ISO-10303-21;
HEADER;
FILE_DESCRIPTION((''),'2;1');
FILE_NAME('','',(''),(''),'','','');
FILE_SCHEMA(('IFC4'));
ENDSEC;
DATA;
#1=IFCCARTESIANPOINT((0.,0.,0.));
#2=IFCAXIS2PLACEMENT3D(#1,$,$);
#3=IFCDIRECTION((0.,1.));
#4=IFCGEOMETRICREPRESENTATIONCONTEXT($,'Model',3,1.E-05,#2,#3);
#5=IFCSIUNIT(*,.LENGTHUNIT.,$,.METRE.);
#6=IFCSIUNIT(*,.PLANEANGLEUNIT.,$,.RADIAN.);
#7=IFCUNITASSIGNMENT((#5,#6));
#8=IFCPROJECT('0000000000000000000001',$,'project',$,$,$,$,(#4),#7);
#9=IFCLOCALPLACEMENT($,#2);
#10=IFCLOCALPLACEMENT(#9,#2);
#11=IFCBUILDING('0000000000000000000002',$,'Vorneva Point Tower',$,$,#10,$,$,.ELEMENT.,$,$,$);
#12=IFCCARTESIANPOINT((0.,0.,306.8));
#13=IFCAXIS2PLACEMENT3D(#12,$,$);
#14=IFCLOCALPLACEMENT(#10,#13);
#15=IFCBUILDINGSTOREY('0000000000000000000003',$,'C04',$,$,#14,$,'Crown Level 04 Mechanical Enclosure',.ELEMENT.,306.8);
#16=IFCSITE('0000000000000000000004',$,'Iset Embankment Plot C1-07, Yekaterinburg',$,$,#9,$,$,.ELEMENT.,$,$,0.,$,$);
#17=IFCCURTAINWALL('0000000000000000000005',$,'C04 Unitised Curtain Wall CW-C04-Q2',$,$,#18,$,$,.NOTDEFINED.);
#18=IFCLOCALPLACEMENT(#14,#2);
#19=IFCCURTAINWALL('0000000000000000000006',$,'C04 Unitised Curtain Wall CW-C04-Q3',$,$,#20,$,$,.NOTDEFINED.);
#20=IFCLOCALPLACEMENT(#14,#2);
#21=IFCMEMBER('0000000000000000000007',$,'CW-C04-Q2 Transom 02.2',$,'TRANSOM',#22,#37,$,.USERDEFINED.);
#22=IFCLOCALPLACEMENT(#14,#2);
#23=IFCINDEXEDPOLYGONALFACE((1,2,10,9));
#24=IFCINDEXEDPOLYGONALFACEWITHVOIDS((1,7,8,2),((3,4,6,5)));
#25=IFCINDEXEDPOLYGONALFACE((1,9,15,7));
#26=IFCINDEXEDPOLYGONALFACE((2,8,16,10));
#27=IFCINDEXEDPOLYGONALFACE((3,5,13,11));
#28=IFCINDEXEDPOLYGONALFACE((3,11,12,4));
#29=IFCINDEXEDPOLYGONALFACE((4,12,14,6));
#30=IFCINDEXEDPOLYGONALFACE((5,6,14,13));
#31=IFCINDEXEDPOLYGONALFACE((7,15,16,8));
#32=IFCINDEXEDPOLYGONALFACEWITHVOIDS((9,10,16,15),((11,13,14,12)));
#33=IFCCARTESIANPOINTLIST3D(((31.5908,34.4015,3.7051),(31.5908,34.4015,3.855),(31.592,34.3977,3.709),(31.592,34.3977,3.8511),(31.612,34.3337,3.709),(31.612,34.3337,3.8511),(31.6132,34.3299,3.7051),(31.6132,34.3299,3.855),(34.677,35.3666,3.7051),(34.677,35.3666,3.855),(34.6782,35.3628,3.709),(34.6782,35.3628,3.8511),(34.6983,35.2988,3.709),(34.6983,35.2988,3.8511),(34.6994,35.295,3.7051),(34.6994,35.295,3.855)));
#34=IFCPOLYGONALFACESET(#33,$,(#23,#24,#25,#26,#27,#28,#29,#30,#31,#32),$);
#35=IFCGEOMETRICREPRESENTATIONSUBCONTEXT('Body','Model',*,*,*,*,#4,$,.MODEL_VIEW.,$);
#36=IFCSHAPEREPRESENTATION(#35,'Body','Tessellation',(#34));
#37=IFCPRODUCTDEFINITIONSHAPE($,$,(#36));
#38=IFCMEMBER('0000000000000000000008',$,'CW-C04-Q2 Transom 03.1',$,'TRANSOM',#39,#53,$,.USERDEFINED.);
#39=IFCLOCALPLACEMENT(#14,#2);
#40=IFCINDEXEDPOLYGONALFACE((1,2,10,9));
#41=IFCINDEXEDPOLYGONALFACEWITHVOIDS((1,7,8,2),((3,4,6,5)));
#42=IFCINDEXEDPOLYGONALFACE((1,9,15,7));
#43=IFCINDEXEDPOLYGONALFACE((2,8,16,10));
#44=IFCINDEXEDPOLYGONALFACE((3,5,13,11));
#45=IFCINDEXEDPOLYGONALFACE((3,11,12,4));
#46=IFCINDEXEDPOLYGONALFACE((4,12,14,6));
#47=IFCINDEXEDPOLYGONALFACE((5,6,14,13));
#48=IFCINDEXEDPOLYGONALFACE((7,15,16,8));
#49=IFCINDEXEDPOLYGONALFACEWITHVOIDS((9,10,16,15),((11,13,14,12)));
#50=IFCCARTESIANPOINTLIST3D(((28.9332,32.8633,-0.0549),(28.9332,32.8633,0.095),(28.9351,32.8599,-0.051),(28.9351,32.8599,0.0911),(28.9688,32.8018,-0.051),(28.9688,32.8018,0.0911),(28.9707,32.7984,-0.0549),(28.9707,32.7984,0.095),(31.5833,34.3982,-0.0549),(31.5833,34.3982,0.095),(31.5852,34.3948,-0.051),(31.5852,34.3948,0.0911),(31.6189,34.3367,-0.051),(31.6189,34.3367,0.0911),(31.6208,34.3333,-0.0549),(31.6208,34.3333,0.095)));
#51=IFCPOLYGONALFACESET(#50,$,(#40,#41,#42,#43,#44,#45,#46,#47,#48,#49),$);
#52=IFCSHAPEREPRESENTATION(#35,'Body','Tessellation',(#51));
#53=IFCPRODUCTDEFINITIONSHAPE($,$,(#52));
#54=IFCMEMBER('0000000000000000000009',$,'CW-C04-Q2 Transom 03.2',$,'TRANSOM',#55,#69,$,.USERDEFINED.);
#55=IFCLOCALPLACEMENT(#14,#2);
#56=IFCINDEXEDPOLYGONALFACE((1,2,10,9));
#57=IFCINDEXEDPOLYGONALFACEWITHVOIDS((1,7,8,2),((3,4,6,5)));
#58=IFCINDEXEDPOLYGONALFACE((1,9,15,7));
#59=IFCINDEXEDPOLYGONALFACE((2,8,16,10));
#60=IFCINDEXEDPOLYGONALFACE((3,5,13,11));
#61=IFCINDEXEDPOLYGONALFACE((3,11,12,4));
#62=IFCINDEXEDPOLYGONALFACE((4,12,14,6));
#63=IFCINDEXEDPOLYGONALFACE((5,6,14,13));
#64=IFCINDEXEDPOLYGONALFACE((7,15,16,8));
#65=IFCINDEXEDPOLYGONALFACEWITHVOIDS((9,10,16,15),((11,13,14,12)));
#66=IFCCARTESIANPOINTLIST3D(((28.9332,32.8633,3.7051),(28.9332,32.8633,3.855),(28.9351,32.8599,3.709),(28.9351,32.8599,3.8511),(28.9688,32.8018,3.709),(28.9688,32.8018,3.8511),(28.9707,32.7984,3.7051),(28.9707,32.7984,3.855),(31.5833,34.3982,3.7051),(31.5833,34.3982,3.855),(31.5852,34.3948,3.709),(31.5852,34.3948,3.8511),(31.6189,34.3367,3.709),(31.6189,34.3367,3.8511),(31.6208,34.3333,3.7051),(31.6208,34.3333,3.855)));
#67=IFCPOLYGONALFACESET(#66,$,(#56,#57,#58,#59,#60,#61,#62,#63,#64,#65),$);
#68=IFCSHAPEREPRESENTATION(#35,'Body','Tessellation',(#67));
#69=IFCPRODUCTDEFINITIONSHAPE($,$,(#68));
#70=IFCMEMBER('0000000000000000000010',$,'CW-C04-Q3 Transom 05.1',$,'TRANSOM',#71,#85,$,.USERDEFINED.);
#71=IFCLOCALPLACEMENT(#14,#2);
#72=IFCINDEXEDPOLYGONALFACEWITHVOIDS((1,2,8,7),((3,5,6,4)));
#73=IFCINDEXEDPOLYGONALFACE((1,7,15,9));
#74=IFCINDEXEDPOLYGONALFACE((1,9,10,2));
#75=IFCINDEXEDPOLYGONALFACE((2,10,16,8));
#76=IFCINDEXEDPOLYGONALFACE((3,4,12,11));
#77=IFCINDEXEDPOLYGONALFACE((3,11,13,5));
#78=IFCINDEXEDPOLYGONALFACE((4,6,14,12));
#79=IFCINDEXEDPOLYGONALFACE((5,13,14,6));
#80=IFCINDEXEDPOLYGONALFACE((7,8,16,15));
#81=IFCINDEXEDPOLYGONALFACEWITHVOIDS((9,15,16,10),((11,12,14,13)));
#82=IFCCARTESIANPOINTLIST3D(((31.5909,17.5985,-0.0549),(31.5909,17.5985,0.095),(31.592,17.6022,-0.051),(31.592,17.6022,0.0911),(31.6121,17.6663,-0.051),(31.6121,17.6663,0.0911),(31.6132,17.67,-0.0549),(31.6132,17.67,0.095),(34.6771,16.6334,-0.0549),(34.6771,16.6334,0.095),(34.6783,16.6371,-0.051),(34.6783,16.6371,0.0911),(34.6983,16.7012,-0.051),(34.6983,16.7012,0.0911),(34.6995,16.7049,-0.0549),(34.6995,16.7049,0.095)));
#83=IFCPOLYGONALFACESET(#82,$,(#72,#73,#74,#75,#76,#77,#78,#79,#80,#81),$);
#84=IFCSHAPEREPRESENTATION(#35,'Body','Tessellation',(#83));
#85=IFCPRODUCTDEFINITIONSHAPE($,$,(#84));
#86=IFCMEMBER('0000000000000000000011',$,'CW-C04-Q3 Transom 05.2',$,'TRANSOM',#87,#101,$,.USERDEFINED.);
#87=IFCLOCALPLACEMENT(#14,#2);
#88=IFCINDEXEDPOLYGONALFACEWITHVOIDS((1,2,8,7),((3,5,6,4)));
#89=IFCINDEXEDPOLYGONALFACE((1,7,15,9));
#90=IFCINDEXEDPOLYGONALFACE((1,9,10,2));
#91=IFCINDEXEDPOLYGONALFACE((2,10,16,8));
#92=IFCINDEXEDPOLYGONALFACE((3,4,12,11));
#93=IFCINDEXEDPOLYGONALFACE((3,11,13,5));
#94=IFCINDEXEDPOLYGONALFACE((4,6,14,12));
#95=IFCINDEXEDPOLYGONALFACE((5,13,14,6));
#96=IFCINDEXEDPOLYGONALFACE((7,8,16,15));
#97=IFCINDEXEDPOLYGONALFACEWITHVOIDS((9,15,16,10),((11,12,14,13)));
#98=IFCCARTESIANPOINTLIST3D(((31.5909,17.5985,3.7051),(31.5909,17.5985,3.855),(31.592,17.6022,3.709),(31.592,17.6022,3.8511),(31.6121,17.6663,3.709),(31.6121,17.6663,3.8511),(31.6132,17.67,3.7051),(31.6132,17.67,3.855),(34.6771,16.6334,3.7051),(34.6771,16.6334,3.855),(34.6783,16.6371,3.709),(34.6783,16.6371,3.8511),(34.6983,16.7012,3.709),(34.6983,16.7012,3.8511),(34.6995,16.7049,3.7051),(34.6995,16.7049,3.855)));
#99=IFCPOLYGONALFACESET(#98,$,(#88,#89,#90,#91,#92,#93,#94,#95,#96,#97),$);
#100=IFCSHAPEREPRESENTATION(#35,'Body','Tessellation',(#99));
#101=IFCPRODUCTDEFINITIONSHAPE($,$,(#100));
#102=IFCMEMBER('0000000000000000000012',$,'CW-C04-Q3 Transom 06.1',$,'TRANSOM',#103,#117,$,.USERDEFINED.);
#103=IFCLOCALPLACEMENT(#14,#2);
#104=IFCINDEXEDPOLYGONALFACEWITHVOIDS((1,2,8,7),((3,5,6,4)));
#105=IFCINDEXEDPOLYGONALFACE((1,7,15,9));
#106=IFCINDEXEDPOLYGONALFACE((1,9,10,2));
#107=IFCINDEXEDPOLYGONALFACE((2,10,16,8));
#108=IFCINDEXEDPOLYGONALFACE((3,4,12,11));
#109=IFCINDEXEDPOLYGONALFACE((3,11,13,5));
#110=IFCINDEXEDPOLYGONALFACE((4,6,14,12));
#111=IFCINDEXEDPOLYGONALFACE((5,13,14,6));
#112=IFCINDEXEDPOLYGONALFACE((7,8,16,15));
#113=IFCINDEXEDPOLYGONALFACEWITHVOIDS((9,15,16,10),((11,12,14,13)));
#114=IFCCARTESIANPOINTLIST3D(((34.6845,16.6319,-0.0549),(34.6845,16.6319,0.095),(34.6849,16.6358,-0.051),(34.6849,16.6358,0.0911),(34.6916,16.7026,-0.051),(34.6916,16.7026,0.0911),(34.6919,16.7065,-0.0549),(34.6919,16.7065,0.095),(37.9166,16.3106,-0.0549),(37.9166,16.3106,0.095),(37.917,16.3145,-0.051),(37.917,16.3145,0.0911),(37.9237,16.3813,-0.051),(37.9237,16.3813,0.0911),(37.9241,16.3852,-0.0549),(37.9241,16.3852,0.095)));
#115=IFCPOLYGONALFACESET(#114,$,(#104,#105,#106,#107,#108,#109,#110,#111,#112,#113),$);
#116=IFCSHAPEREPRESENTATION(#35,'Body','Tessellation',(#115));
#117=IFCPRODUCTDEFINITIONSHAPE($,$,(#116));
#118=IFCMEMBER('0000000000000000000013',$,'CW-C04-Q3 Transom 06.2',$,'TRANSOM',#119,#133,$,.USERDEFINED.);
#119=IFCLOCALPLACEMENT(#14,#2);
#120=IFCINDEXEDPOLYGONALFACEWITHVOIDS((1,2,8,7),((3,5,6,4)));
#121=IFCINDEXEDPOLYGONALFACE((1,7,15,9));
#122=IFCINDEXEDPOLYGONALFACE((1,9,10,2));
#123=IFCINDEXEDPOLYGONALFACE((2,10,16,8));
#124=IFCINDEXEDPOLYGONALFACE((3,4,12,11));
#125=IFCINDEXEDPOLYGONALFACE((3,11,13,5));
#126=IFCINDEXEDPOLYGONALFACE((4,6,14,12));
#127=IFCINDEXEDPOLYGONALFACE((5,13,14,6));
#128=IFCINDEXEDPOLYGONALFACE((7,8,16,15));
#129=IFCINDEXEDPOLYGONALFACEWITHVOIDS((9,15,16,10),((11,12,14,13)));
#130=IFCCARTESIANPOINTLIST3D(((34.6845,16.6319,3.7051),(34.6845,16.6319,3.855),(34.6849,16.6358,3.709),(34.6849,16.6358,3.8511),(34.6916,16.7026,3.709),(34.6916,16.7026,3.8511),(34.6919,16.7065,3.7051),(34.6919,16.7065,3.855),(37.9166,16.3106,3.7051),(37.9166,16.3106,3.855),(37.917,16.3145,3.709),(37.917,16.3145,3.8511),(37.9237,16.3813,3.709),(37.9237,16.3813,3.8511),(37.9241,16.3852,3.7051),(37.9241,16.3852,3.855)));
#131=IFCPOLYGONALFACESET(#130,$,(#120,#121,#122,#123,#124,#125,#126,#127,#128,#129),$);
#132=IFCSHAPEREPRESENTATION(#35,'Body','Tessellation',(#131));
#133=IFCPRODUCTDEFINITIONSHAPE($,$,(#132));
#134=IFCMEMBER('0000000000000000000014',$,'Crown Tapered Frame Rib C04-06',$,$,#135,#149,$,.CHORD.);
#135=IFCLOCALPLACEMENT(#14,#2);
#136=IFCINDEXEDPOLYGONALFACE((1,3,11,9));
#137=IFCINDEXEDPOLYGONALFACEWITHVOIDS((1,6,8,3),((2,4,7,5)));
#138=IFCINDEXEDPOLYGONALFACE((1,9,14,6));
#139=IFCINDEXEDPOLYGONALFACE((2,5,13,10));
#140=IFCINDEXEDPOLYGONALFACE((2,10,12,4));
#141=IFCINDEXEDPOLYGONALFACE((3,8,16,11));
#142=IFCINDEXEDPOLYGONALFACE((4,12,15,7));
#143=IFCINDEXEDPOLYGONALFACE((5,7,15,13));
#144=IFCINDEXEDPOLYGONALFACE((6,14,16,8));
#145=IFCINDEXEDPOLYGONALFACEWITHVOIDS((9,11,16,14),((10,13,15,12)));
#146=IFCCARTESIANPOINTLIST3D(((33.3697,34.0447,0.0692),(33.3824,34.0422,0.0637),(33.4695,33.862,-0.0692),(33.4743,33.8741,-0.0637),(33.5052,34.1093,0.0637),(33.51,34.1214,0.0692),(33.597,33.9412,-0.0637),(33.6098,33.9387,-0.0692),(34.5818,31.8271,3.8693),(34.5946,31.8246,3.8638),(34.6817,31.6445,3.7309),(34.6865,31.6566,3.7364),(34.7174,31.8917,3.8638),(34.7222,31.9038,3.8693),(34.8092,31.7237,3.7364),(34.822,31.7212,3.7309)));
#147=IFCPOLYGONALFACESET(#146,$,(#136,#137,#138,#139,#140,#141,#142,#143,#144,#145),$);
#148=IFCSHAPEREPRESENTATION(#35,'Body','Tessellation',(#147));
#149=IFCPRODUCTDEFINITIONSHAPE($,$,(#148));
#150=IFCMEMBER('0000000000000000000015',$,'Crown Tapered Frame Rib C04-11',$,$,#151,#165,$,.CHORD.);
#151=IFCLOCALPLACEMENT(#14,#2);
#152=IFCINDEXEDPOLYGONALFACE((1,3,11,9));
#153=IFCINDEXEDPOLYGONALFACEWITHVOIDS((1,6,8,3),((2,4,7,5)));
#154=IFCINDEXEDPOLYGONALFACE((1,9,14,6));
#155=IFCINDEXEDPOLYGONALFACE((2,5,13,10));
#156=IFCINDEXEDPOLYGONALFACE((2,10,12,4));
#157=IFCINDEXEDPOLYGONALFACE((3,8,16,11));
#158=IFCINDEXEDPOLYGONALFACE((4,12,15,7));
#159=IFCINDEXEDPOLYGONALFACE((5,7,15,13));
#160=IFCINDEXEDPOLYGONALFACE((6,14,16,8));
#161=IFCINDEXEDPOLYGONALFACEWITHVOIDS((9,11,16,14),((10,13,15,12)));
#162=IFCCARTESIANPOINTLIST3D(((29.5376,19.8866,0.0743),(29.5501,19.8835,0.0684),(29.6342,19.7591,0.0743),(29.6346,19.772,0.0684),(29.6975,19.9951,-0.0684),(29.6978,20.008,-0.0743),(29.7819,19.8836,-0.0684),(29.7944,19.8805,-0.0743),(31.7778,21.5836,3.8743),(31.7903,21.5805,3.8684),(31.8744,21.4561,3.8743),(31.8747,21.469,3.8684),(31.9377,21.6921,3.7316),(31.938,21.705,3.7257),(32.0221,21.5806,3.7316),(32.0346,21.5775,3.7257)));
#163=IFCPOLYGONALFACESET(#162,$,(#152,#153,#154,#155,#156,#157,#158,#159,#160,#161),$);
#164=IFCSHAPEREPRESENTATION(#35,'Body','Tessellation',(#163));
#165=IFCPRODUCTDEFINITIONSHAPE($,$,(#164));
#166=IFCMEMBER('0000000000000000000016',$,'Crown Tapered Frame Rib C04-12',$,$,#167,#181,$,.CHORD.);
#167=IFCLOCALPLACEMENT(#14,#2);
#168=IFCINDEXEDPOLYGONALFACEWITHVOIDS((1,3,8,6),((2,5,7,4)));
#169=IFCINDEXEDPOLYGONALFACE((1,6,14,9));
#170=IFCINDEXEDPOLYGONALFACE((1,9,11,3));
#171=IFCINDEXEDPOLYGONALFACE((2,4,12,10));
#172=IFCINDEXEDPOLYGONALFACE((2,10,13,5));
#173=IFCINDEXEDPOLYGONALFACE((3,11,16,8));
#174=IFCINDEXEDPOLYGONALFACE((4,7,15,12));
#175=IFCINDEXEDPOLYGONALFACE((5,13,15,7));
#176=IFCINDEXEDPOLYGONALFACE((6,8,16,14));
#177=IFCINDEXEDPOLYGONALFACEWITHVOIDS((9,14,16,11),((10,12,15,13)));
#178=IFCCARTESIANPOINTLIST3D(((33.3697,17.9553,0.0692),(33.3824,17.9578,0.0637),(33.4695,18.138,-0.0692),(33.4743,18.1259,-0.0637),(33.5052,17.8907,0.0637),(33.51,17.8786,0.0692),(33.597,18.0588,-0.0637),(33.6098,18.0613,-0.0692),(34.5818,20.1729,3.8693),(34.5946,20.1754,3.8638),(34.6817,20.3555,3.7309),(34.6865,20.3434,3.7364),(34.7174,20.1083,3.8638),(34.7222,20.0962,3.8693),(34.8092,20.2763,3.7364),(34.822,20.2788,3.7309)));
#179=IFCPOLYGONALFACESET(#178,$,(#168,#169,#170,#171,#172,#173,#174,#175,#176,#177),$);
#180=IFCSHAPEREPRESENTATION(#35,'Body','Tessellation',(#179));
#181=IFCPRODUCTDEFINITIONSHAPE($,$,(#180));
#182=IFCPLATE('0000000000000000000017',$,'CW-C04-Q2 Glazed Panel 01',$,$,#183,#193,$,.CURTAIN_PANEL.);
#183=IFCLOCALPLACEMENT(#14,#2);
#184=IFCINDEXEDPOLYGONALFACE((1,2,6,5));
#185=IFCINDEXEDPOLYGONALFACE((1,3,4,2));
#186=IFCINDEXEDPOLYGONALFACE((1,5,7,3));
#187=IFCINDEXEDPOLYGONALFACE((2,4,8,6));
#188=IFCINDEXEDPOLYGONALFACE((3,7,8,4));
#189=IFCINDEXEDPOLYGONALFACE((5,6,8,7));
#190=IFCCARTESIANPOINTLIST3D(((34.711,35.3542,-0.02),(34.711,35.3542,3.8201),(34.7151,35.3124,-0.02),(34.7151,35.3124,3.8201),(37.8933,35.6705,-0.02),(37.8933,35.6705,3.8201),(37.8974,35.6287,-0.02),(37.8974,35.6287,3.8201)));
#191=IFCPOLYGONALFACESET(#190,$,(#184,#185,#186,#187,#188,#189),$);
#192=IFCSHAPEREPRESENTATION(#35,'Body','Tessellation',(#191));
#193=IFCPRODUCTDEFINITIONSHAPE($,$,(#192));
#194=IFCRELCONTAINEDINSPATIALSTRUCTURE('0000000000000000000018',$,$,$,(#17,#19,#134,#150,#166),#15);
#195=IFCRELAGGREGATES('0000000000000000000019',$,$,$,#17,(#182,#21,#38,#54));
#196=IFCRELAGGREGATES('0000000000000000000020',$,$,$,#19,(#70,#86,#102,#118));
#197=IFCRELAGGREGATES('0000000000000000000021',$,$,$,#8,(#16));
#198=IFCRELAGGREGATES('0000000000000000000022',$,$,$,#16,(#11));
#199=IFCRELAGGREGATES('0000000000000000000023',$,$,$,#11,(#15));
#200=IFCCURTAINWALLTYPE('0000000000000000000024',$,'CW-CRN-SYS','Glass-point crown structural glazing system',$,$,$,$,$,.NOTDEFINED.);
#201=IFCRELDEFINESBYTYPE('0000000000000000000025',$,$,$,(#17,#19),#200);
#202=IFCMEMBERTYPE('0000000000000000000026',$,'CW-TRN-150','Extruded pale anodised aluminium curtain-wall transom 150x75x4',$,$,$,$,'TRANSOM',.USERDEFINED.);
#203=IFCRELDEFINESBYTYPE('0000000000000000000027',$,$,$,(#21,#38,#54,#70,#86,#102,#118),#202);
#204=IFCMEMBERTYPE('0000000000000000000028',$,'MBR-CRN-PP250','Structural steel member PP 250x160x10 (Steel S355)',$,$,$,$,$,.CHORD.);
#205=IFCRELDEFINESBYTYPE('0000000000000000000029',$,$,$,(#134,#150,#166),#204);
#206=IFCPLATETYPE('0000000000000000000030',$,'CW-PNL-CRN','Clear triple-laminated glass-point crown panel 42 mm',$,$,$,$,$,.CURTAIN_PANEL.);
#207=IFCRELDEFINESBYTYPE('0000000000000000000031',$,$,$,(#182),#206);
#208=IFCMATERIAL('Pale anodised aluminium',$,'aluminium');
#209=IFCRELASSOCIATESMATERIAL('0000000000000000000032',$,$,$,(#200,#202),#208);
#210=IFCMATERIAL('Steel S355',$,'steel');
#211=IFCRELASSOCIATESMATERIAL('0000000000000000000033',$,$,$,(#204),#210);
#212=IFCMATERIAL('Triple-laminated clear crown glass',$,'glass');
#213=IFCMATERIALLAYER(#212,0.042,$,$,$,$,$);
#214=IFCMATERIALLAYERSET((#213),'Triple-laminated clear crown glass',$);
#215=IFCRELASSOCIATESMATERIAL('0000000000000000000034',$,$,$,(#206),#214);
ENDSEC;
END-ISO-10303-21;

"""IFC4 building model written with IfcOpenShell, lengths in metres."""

from ifc_helpers import new_model, si_unit, direction, frame, origin, origin_2d, place, context, subcontext, project, spatial, rectangle, hollow_rectangle, extrude, material, layer, layer_set, material_profile, profile_set, type_object, element, aggregate, save


model = new_model("IFC4")

# Units and contexts
model_context = context("Model", 3, precision=1e-05, world=origin(), true_north=direction((0.0, 1.0)))
body_context = subcontext(model_context, "Body", "Model", "MODEL_VIEW")
ifc_project = project(units=[si_unit("LENGTHUNIT", "METRE"), si_unit("PLANEANGLEUNIT", "RADIAN")], contexts=[model_context])

# Site, building, storey
site_placement = place(None, origin())
site = spatial("IfcSite", under=ifc_project, at=site_placement, Name="Iset Embankment Plot C1-07, Yekaterinburg", CompositionType="ELEMENT", RefElevation=0.0)
building_placement = place(site_placement, origin())
building = spatial("IfcBuilding", under=site, at=building_placement, Name="Vorneva Point Tower", CompositionType="ELEMENT")
storey_placement = place(building_placement, frame((0.0, 0.0, 306.8)))
storey = spatial("IfcBuildingStorey", under=building, at=storey_placement, Name="C04", LongName="Crown Level 04 Mechanical Enclosure", CompositionType="ELEMENT", Elevation=306.8)

# Shared definitions
ifc_material_1 = material(Name="Steel S355", Category="steel")

# Curtain walls
ifc_material_2 = material(Name="Pale anodised aluminium", Category="aluminium")
curtain_wall_type = type_object("IfcCurtainWallType", Name="CW-CRN-SYS", Description="Glass-point crown structural glazing system", PredefinedType="NOTDEFINED", material=ifc_material_2)
curtain_wall_1_placement = place(storey_placement, origin())
curtain_wall_1 = element("IfcCurtainWall", 1, at=curtain_wall_1_placement, inside=storey, type_object=curtain_wall_type, Name="C04 Unitised Curtain Wall CW-C04-Q2", PredefinedType="NOTDEFINED")
curtain_wall_2_placement = place(storey_placement, origin())
curtain_wall_2 = element("IfcCurtainWall", 2, at=curtain_wall_2_placement, inside=storey, type_object=curtain_wall_type, Name="C04 Unitised Curtain Wall CW-C04-Q3", PredefinedType="NOTDEFINED")

# Members
ifc_material_profile_1 = material_profile(ifc_material_2, hollow_rectangle(XDim=0.075, YDim=0.1499, WallThickness=0.0039, at=origin_2d()), Name="AL-TRN 150x75x4")
ifc_profile_set_1 = profile_set([ifc_material_profile_1], Name="Pale anodised aluminium")
member_type_1 = type_object("IfcMemberType", Name="CW-TRN-150", Description="Extruded pale anodised aluminium curtain-wall transom 150x75x4", ElementType="TRANSOM", PredefinedType="USERDEFINED", material=ifc_profile_set_1)
member_1_placement = place(storey_placement, frame((34.6882, 35.3308, 3.78), z_axis=(-0.954422, -0.29846, 0.0), x_axis=(0.29846, -0.954422, 0.0)))
member_1 = element("IfcMember", 3, at=member_1_placement, type_object=member_type_1, Name="CW-C04-Q2 Transom 02.2", ObjectType="TRANSOM", PredefinedType="USERDEFINED", context=body_context, shape_type="SweptSolid", body=[
    extrude(hollow_rectangle(XDim=0.075, YDim=0.1499, WallThickness=0.0039, at=origin_2d()), origin(), (0.0, 0.0, 1.0), 3.2336),
])
member_2_placement = place(storey_placement, frame((31.6021, 34.3657, 0.02), z_axis=(-0.865339, -0.501187, 0.0), x_axis=(0.501187, -0.865339, 0.0)))
member_2 = element("IfcMember", 4, at=member_2_placement, type_object=member_type_1, Name="CW-C04-Q2 Transom 03.1", ObjectType="TRANSOM", PredefinedType="USERDEFINED", context=body_context, shape_type="SweptSolid", body=[
    extrude(hollow_rectangle(XDim=0.075, YDim=0.1499, WallThickness=0.0039, at=origin_2d()), origin(), (0.0, 0.0, 1.0), 3.0625),
])
member_3_placement = place(storey_placement, frame((31.6021, 34.3657, 3.78), z_axis=(-0.865339, -0.501187, 0.0), x_axis=(0.501187, -0.865339, 0.0)))
member_3 = element("IfcMember", 5, at=member_3_placement, type_object=member_type_1, Name="CW-C04-Q2 Transom 03.2", ObjectType="TRANSOM", PredefinedType="USERDEFINED", context=body_context, shape_type="SweptSolid", body=[
    extrude(hollow_rectangle(XDim=0.075, YDim=0.1499, WallThickness=0.0039, at=origin_2d()), origin(), (0.0, 0.0, 1.0), 3.0625),
])
member_4_placement = place(storey_placement, frame((31.6021, 17.6343, 0.02), z_axis=(0.954422, -0.29846, 0.0), x_axis=(0.29846, 0.954422, 0.0)))
member_4 = element("IfcMember", 6, at=member_4_placement, type_object=member_type_1, Name="CW-C04-Q3 Transom 05.1", ObjectType="TRANSOM", PredefinedType="USERDEFINED", context=body_context, shape_type="SweptSolid", body=[
    extrude(hollow_rectangle(XDim=0.075, YDim=0.1499, WallThickness=0.0039, at=origin_2d()), origin(), (0.0, 0.0, 1.0), 3.2336),
])
member_5_placement = place(storey_placement, frame((31.6021, 17.6343, 3.78), z_axis=(0.954422, -0.29846, 0.0), x_axis=(0.29846, 0.954422, 0.0)))
member_5 = element("IfcMember", 7, at=member_5_placement, type_object=member_type_1, Name="CW-C04-Q3 Transom 05.2", ObjectType="TRANSOM", PredefinedType="USERDEFINED", context=body_context, shape_type="SweptSolid", body=[
    extrude(hollow_rectangle(XDim=0.075, YDim=0.1499, WallThickness=0.0039, at=origin_2d()), origin(), (0.0, 0.0, 1.0), 3.2336),
])
member_6_placement = place(storey_placement, frame((34.6882, 16.6692, 0.02), z_axis=(0.995096, -0.098916, 0.0), x_axis=(0.098916, 0.995096, 0.0)))
member_6 = element("IfcMember", 8, at=member_6_placement, type_object=member_type_1, Name="CW-C04-Q3 Transom 06.1", ObjectType="TRANSOM", PredefinedType="USERDEFINED", context=body_context, shape_type="SweptSolid", body=[
    extrude(hollow_rectangle(XDim=0.075, YDim=0.1499, WallThickness=0.0039, at=origin_2d()), origin(), (0.0, 0.0, 1.0), 3.248),
])
member_7_placement = place(storey_placement, frame((34.6882, 16.6692, 3.78), z_axis=(0.995096, -0.098916, 0.0), x_axis=(0.098916, 0.995096, 0.0)))
member_7 = element("IfcMember", 9, at=member_7_placement, type_object=member_type_1, Name="CW-C04-Q3 Transom 06.2", ObjectType="TRANSOM", PredefinedType="USERDEFINED", context=body_context, shape_type="SweptSolid", body=[
    extrude(hollow_rectangle(XDim=0.075, YDim=0.1499, WallThickness=0.0039, at=origin_2d()), origin(), (0.0, 0.0, 1.0), 3.248),
])

# Members
ifc_material_profile_2 = material_profile(ifc_material_1, hollow_rectangle(XDim=0.1599, YDim=0.25, WallThickness=0.01, at=origin_2d()), Name="PP 250x160x10")
ifc_profile_set_2 = profile_set([ifc_material_profile_2], Name="Steel S355")
member_type_2 = type_object("IfcMemberType", Name="MBR-CRN-PP250", Description="Structural steel member PP 250x160x10 (Steel S355)", PredefinedType="CHORD", material=ifc_profile_set_2)
member_8_placement = place(storey_placement, frame((33.4897, 33.9917, 0.0), z_axis=(0.26561, -0.485909, 0.832673), x_axis=(0.877463, 0.479644, 0.0)))
element("IfcMember", 10, at=member_8_placement, inside=storey, type_object=member_type_2, Name="Crown Tapered Frame Rib C04-06", PredefinedType="CHORD", context=body_context, shape_type="SweptSolid", body=[
    extrude(hollow_rectangle(XDim=0.1599, YDim=0.25, WallThickness=0.01, at=origin_2d()), origin(), (0.0, 0.0, 1.0), 4.5637),
])
member_9_placement = place(storey_placement, frame((29.666, 19.8835, 0.0), z_axis=(0.473983, 0.359051, 0.804004), x_axis=(-0.603829, 0.797114, 0.0)))
element("IfcMember", 11, at=member_9_placement, inside=storey, type_object=member_type_2, Name="Crown Tapered Frame Rib C04-11", PredefinedType="CHORD", context=body_context, shape_type="SweptSolid", body=[
    extrude(hollow_rectangle(XDim=0.1599, YDim=0.25, WallThickness=0.01, at=origin_2d()), origin(), (0.0, 0.0, 1.0), 4.7263),
])
member_10_placement = place(storey_placement, frame((33.4897, 18.0083, 0.0), z_axis=(0.26561, 0.485909, 0.832673), x_axis=(-0.877463, 0.479644, 0.0)))
element("IfcMember", 12, at=member_10_placement, inside=storey, type_object=member_type_2, Name="Crown Tapered Frame Rib C04-12", PredefinedType="CHORD", context=body_context, shape_type="SweptSolid", body=[
    extrude(hollow_rectangle(XDim=0.1599, YDim=0.25, WallThickness=0.01, at=origin_2d()), origin(), (0.0, 0.0, 1.0), 4.5637),
])

# Plate
ifc_material_3 = material(Name="Triple-laminated clear crown glass", Category="glass")
ifc_layer = layer(ifc_material_3, 0.042)
ifc_layer_set = layer_set([ifc_layer], Name="Triple-laminated clear crown glass")
plate_type = type_object("IfcPlateType", Name="CW-PNL-CRN", Description="Clear triple-laminated glass-point crown panel 42 mm", PredefinedType="CURTAIN_PANEL", material=ifc_layer_set)
plate_1_placement = place(storey_placement, frame((36.3042, 35.4915, -0.02), z_axis=(0.0, 0.0, 1.0), x_axis=(-0.995095, -0.09892, 0.0)))
plate_1 = element("IfcPlate", 13, at=plate_1_placement, type_object=plate_type, Name="CW-C04-Q2 Glazed Panel 01", PredefinedType="CURTAIN_PANEL", context=body_context, shape_type="SweptSolid", body=[
    extrude(rectangle(XDim=3.198, YDim=0.042, at=origin_2d()), origin(), (0.0, 0.0, 1.0), 3.8401),
])
aggregate(curtain_wall_1, [plate_1, member_1, member_2, member_3])
aggregate(curtain_wall_2, [member_4, member_5, member_6, member_7])

save(model, "model.ifc")
